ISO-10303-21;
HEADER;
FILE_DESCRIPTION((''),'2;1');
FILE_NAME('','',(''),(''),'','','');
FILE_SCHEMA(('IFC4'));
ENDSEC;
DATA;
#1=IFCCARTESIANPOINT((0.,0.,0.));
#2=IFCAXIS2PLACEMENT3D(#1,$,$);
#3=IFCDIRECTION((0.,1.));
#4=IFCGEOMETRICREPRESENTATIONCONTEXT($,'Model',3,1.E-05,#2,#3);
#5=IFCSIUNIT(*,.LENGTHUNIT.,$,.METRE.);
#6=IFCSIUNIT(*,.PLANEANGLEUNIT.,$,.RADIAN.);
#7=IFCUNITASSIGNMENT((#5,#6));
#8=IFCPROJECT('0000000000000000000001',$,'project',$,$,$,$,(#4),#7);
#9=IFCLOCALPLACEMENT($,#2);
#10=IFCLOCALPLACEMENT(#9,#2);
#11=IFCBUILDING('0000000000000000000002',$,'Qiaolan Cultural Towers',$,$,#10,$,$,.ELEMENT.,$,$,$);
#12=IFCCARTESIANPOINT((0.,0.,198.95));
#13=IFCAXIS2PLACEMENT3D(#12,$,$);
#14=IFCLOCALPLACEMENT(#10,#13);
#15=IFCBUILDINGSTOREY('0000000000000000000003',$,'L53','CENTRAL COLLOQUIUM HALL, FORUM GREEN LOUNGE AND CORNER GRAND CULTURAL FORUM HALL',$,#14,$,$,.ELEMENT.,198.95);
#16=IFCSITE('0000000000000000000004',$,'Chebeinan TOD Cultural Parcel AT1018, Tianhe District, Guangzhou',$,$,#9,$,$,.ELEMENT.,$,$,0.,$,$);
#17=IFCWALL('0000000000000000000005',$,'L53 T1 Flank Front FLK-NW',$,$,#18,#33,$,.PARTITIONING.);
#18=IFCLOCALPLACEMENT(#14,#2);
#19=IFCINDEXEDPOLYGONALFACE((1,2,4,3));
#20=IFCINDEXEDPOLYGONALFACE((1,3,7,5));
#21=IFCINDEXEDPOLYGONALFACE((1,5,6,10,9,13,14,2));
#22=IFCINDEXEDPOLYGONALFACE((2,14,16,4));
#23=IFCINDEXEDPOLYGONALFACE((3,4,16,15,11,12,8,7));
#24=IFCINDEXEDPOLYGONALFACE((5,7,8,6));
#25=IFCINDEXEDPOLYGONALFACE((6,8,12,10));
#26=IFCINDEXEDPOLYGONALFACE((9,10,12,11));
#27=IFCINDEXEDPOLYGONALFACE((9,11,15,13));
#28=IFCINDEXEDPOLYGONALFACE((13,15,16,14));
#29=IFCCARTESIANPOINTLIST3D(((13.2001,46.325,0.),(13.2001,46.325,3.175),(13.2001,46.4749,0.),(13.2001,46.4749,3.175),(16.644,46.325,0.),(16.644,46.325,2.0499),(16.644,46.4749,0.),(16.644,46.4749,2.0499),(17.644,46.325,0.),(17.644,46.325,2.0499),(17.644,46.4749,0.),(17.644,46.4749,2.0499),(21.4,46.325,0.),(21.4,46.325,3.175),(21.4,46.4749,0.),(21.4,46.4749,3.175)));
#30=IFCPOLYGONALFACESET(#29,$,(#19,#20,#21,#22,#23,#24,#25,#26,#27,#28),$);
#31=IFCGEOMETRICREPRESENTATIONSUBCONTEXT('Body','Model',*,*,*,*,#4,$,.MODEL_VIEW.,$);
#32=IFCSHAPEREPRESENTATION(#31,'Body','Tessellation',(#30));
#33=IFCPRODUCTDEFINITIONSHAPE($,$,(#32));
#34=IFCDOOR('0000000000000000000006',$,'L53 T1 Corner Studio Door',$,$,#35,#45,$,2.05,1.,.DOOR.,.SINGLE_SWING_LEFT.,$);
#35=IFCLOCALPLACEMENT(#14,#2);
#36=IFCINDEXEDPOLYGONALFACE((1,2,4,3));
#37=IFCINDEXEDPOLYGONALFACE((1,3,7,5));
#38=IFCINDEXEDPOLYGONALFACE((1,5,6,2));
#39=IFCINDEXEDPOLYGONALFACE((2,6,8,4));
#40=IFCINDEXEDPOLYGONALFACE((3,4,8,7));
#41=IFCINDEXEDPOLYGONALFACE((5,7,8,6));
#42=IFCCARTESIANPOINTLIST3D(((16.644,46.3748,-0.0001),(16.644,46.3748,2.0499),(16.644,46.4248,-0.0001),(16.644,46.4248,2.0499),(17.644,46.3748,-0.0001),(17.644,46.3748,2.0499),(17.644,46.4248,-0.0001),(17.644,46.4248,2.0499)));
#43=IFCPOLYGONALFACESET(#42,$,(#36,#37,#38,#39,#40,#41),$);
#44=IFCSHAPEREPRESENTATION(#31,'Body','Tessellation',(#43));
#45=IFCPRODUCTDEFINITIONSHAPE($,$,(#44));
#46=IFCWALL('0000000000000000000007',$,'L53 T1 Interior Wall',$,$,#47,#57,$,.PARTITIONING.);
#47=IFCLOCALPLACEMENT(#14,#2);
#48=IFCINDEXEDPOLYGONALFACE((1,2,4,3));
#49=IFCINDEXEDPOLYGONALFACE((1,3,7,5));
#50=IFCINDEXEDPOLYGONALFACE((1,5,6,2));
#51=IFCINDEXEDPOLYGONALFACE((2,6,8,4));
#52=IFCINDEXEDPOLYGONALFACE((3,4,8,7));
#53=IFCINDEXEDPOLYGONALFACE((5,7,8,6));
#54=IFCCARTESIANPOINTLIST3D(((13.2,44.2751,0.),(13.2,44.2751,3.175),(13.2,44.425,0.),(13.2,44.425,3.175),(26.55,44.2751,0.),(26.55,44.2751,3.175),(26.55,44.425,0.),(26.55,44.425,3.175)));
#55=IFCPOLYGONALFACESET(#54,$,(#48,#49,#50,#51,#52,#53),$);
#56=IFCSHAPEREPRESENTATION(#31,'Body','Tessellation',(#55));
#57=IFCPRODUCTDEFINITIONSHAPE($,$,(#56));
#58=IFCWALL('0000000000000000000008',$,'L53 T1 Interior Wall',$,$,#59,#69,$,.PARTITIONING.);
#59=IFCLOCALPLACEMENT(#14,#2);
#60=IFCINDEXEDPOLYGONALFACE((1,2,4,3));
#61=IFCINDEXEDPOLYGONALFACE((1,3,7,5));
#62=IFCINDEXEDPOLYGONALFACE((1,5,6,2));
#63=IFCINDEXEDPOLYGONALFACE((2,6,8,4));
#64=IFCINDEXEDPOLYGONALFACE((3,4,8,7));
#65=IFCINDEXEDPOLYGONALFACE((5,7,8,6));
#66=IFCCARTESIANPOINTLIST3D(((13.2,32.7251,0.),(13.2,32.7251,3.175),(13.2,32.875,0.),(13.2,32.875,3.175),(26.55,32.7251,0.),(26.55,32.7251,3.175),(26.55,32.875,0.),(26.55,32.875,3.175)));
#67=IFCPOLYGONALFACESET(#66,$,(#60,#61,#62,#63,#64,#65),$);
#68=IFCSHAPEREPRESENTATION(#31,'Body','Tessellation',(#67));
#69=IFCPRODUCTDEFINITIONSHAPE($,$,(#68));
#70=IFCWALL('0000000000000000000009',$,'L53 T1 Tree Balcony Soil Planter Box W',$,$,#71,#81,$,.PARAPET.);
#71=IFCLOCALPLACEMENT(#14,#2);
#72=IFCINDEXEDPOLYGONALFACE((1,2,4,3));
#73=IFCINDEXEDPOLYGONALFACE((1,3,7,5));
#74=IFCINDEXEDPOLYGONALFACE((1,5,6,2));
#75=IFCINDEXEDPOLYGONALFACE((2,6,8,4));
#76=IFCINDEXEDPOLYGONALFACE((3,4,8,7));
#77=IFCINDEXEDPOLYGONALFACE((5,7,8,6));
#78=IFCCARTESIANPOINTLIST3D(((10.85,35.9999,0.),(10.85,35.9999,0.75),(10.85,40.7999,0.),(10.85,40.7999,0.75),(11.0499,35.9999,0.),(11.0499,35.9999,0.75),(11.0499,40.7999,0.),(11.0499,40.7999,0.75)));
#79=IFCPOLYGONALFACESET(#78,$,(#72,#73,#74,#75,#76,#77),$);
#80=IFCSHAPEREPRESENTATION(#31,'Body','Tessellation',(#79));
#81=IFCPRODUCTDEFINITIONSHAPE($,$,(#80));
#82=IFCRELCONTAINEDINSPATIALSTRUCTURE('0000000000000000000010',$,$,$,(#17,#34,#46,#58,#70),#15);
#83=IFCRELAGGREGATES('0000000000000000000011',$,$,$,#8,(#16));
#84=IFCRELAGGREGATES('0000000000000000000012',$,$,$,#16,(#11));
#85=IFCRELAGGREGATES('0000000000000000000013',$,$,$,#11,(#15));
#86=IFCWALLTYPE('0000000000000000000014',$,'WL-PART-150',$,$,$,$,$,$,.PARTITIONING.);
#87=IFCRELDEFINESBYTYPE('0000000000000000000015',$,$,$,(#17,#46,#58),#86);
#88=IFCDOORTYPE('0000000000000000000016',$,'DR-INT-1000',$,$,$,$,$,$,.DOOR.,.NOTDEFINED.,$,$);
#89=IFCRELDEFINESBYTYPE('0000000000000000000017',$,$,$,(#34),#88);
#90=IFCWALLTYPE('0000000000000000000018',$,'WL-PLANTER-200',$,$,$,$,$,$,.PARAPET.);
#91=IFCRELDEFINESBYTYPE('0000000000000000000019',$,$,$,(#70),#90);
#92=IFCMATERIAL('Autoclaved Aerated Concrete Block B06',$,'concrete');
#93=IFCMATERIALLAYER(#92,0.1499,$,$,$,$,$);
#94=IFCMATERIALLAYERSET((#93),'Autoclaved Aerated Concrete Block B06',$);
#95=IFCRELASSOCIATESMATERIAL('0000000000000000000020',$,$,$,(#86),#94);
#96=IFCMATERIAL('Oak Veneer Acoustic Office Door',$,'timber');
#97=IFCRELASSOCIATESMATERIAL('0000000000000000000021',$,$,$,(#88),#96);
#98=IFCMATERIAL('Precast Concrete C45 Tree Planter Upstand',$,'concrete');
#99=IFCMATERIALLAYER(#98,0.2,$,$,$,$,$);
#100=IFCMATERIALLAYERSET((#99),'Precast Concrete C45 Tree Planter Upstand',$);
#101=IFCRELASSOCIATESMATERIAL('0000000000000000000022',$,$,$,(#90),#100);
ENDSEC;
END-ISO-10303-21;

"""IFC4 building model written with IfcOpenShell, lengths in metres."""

from ifc_helpers import new_model, si_unit, direction, frame, frame_2d, origin, place, context, subcontext, project, spatial, rectangle, extrude, material, layer, layer_set, type_object, element, fill, save


model = new_model("IFC4")

# Units and contexts
model_context = context("Model", 3, precision=1e-05, world=origin(), true_north=direction((0.0, 1.0)))
body_context = subcontext(model_context, "Body", "Model", "MODEL_VIEW")
ifc_project = project(units=[si_unit("LENGTHUNIT", "METRE"), si_unit("PLANEANGLEUNIT", "RADIAN")], contexts=[model_context])

# Site, building, storey
site_placement = place(None, origin())
site = spatial("IfcSite", under=ifc_project, at=site_placement, Name="Chebeinan TOD Cultural Parcel AT1018, Tianhe District, Guangzhou", CompositionType="ELEMENT", RefElevation=0.0)
building_placement = place(site_placement, origin())
building = spatial("IfcBuilding", under=site, at=building_placement, Name="Qiaolan Cultural Towers", CompositionType="ELEMENT")
storey_placement = place(building_placement, frame((0.0, 0.0, 198.95)))
storey = spatial("IfcBuildingStorey", under=building, at=storey_placement, Name="L53", Description="CENTRAL COLLOQUIUM HALL, FORUM GREEN LOUNGE AND CORNER GRAND CULTURAL FORUM HALL", CompositionType="ELEMENT", Elevation=198.95)

# Wall, opening, door
ifc_material_1 = material(Name="Autoclaved Aerated Concrete Block B06", Category="concrete")
ifc_layer_1 = layer(ifc_material_1, 0.1499)
ifc_layer_set_1 = layer_set([ifc_layer_1], Name="Autoclaved Aerated Concrete Block B06")
wall_type_1 = type_object("IfcWallType", Name="WL-PART-150", PredefinedType="PARTITIONING", material=ifc_layer_set_1)
wall_1_placement = place(storey_placement, frame((13.2, 46.3999, 0.0), z_axis=(0.0, 0.0, 1.0), x_axis=(1.0, 0.0, 0.0)))
wall_1 = element("IfcWall", 1, at=wall_1_placement, inside=storey, type_object=wall_type_1, Name="L53 T1 Flank Front FLK-NW", PredefinedType="PARTITIONING", context=body_context, shape_type="SweptSolid", body=[
    extrude(rectangle(XDim=8.2, YDim=0.1499, at=frame_2d((4.1001, 0.0))), origin(), (0.0, 0.0, 1.0), 3.175),
])
opening_placement = place(wall_1_placement, frame((3.4441, 0.0, 0.0)))
opening = element("IfcOpeningElement", 2, at=opening_placement, cuts=wall_1, PredefinedType="OPENING", context=body_context, shape_type="SweptSolid", body=[
    extrude(rectangle(XDim=1.0, YDim=2.05, at=frame_2d((0.5, 1.0249))), frame((0.0, 0.085, 0.0), z_axis=(0.0, -1.0, 0.0), x_axis=(1.0, 0.0, 0.0)), (0.0, 0.0, 1.0), 0.1699),
])
ifc_material_2 = material(Name="Oak Veneer Acoustic Office Door", Category="timber")
door_type = type_object("IfcDoorType", Name="DR-INT-1000", OperationType="NOTDEFINED", PredefinedType="DOOR", material=ifc_material_2)
door_placement = place(opening_placement, origin())
door = element("IfcDoor", 3, at=door_placement, inside=storey, type_object=door_type, Name="L53 T1 Corner Studio Door", OperationType="SINGLE_SWING_LEFT", OverallHeight=2.05, OverallWidth=1.0, PredefinedType="DOOR", context=body_context, shape_type="SweptSolid", body=[
    extrude(rectangle(XDim=1.0, YDim=2.05, at=frame_2d((0.5, 1.0249))), frame((0.0, 0.0249, 0.0), z_axis=(0.0, -1.0, 0.0), x_axis=(1.0, 0.0, 0.0)), (0.0, 0.0, 1.0), 0.05),
])
fill(opening, door)

# Walls
for number, where, z_axis, x_axis, name in (
    (4, (13.2, 44.3501, 0.0), (0.0, 0.0, 1.0), (1.0, 0.0, 0.0), "L53 T1 Interior Wall"),
    (5, (13.2, 32.8, 0.0), (0.0, 0.0, 1.0), (1.0, 0.0, 0.0), "L53 T1 Interior Wall"),
):
    element("IfcWall", number, at=place(storey_placement, frame(where, z_axis=z_axis, x_axis=x_axis)), inside=storey, type_object=wall_type_1, Name=name, PredefinedType="PARTITIONING", context=body_context, shape_type="SweptSolid", body=[
        extrude(rectangle(XDim=13.3501, YDim=0.1499, at=frame_2d((6.675, 0.0))), origin(), (0.0, 0.0, 1.0), 3.175),
    ])
ifc_material_3 = material(Name="Precast Concrete C45 Tree Planter Upstand", Category="concrete")
ifc_layer_2 = layer(ifc_material_3, 0.2)
ifc_layer_set_2 = layer_set([ifc_layer_2], Name="Precast Concrete C45 Tree Planter Upstand")
wall_type_2 = type_object("IfcWallType", Name="WL-PLANTER-200", PredefinedType="PARAPET", material=ifc_layer_set_2)
wall_2_placement = place(storey_placement, frame((10.95, 36.0, 0.0), z_axis=(0.0, 0.0, 1.0), x_axis=(0.0, 1.0, 0.0)))
element("IfcWall", 6, at=wall_2_placement, inside=storey, type_object=wall_type_2, Name="L53 T1 Tree Balcony Soil Planter Box W", PredefinedType="PARAPET", context=body_context, shape_type="SweptSolid", body=[
    extrude(rectangle(XDim=4.8, YDim=0.2, at=frame_2d((2.3999, 0.0))), origin(), (0.0, 0.0, 1.0), 0.75),
])

save(model, "model.ifc")
